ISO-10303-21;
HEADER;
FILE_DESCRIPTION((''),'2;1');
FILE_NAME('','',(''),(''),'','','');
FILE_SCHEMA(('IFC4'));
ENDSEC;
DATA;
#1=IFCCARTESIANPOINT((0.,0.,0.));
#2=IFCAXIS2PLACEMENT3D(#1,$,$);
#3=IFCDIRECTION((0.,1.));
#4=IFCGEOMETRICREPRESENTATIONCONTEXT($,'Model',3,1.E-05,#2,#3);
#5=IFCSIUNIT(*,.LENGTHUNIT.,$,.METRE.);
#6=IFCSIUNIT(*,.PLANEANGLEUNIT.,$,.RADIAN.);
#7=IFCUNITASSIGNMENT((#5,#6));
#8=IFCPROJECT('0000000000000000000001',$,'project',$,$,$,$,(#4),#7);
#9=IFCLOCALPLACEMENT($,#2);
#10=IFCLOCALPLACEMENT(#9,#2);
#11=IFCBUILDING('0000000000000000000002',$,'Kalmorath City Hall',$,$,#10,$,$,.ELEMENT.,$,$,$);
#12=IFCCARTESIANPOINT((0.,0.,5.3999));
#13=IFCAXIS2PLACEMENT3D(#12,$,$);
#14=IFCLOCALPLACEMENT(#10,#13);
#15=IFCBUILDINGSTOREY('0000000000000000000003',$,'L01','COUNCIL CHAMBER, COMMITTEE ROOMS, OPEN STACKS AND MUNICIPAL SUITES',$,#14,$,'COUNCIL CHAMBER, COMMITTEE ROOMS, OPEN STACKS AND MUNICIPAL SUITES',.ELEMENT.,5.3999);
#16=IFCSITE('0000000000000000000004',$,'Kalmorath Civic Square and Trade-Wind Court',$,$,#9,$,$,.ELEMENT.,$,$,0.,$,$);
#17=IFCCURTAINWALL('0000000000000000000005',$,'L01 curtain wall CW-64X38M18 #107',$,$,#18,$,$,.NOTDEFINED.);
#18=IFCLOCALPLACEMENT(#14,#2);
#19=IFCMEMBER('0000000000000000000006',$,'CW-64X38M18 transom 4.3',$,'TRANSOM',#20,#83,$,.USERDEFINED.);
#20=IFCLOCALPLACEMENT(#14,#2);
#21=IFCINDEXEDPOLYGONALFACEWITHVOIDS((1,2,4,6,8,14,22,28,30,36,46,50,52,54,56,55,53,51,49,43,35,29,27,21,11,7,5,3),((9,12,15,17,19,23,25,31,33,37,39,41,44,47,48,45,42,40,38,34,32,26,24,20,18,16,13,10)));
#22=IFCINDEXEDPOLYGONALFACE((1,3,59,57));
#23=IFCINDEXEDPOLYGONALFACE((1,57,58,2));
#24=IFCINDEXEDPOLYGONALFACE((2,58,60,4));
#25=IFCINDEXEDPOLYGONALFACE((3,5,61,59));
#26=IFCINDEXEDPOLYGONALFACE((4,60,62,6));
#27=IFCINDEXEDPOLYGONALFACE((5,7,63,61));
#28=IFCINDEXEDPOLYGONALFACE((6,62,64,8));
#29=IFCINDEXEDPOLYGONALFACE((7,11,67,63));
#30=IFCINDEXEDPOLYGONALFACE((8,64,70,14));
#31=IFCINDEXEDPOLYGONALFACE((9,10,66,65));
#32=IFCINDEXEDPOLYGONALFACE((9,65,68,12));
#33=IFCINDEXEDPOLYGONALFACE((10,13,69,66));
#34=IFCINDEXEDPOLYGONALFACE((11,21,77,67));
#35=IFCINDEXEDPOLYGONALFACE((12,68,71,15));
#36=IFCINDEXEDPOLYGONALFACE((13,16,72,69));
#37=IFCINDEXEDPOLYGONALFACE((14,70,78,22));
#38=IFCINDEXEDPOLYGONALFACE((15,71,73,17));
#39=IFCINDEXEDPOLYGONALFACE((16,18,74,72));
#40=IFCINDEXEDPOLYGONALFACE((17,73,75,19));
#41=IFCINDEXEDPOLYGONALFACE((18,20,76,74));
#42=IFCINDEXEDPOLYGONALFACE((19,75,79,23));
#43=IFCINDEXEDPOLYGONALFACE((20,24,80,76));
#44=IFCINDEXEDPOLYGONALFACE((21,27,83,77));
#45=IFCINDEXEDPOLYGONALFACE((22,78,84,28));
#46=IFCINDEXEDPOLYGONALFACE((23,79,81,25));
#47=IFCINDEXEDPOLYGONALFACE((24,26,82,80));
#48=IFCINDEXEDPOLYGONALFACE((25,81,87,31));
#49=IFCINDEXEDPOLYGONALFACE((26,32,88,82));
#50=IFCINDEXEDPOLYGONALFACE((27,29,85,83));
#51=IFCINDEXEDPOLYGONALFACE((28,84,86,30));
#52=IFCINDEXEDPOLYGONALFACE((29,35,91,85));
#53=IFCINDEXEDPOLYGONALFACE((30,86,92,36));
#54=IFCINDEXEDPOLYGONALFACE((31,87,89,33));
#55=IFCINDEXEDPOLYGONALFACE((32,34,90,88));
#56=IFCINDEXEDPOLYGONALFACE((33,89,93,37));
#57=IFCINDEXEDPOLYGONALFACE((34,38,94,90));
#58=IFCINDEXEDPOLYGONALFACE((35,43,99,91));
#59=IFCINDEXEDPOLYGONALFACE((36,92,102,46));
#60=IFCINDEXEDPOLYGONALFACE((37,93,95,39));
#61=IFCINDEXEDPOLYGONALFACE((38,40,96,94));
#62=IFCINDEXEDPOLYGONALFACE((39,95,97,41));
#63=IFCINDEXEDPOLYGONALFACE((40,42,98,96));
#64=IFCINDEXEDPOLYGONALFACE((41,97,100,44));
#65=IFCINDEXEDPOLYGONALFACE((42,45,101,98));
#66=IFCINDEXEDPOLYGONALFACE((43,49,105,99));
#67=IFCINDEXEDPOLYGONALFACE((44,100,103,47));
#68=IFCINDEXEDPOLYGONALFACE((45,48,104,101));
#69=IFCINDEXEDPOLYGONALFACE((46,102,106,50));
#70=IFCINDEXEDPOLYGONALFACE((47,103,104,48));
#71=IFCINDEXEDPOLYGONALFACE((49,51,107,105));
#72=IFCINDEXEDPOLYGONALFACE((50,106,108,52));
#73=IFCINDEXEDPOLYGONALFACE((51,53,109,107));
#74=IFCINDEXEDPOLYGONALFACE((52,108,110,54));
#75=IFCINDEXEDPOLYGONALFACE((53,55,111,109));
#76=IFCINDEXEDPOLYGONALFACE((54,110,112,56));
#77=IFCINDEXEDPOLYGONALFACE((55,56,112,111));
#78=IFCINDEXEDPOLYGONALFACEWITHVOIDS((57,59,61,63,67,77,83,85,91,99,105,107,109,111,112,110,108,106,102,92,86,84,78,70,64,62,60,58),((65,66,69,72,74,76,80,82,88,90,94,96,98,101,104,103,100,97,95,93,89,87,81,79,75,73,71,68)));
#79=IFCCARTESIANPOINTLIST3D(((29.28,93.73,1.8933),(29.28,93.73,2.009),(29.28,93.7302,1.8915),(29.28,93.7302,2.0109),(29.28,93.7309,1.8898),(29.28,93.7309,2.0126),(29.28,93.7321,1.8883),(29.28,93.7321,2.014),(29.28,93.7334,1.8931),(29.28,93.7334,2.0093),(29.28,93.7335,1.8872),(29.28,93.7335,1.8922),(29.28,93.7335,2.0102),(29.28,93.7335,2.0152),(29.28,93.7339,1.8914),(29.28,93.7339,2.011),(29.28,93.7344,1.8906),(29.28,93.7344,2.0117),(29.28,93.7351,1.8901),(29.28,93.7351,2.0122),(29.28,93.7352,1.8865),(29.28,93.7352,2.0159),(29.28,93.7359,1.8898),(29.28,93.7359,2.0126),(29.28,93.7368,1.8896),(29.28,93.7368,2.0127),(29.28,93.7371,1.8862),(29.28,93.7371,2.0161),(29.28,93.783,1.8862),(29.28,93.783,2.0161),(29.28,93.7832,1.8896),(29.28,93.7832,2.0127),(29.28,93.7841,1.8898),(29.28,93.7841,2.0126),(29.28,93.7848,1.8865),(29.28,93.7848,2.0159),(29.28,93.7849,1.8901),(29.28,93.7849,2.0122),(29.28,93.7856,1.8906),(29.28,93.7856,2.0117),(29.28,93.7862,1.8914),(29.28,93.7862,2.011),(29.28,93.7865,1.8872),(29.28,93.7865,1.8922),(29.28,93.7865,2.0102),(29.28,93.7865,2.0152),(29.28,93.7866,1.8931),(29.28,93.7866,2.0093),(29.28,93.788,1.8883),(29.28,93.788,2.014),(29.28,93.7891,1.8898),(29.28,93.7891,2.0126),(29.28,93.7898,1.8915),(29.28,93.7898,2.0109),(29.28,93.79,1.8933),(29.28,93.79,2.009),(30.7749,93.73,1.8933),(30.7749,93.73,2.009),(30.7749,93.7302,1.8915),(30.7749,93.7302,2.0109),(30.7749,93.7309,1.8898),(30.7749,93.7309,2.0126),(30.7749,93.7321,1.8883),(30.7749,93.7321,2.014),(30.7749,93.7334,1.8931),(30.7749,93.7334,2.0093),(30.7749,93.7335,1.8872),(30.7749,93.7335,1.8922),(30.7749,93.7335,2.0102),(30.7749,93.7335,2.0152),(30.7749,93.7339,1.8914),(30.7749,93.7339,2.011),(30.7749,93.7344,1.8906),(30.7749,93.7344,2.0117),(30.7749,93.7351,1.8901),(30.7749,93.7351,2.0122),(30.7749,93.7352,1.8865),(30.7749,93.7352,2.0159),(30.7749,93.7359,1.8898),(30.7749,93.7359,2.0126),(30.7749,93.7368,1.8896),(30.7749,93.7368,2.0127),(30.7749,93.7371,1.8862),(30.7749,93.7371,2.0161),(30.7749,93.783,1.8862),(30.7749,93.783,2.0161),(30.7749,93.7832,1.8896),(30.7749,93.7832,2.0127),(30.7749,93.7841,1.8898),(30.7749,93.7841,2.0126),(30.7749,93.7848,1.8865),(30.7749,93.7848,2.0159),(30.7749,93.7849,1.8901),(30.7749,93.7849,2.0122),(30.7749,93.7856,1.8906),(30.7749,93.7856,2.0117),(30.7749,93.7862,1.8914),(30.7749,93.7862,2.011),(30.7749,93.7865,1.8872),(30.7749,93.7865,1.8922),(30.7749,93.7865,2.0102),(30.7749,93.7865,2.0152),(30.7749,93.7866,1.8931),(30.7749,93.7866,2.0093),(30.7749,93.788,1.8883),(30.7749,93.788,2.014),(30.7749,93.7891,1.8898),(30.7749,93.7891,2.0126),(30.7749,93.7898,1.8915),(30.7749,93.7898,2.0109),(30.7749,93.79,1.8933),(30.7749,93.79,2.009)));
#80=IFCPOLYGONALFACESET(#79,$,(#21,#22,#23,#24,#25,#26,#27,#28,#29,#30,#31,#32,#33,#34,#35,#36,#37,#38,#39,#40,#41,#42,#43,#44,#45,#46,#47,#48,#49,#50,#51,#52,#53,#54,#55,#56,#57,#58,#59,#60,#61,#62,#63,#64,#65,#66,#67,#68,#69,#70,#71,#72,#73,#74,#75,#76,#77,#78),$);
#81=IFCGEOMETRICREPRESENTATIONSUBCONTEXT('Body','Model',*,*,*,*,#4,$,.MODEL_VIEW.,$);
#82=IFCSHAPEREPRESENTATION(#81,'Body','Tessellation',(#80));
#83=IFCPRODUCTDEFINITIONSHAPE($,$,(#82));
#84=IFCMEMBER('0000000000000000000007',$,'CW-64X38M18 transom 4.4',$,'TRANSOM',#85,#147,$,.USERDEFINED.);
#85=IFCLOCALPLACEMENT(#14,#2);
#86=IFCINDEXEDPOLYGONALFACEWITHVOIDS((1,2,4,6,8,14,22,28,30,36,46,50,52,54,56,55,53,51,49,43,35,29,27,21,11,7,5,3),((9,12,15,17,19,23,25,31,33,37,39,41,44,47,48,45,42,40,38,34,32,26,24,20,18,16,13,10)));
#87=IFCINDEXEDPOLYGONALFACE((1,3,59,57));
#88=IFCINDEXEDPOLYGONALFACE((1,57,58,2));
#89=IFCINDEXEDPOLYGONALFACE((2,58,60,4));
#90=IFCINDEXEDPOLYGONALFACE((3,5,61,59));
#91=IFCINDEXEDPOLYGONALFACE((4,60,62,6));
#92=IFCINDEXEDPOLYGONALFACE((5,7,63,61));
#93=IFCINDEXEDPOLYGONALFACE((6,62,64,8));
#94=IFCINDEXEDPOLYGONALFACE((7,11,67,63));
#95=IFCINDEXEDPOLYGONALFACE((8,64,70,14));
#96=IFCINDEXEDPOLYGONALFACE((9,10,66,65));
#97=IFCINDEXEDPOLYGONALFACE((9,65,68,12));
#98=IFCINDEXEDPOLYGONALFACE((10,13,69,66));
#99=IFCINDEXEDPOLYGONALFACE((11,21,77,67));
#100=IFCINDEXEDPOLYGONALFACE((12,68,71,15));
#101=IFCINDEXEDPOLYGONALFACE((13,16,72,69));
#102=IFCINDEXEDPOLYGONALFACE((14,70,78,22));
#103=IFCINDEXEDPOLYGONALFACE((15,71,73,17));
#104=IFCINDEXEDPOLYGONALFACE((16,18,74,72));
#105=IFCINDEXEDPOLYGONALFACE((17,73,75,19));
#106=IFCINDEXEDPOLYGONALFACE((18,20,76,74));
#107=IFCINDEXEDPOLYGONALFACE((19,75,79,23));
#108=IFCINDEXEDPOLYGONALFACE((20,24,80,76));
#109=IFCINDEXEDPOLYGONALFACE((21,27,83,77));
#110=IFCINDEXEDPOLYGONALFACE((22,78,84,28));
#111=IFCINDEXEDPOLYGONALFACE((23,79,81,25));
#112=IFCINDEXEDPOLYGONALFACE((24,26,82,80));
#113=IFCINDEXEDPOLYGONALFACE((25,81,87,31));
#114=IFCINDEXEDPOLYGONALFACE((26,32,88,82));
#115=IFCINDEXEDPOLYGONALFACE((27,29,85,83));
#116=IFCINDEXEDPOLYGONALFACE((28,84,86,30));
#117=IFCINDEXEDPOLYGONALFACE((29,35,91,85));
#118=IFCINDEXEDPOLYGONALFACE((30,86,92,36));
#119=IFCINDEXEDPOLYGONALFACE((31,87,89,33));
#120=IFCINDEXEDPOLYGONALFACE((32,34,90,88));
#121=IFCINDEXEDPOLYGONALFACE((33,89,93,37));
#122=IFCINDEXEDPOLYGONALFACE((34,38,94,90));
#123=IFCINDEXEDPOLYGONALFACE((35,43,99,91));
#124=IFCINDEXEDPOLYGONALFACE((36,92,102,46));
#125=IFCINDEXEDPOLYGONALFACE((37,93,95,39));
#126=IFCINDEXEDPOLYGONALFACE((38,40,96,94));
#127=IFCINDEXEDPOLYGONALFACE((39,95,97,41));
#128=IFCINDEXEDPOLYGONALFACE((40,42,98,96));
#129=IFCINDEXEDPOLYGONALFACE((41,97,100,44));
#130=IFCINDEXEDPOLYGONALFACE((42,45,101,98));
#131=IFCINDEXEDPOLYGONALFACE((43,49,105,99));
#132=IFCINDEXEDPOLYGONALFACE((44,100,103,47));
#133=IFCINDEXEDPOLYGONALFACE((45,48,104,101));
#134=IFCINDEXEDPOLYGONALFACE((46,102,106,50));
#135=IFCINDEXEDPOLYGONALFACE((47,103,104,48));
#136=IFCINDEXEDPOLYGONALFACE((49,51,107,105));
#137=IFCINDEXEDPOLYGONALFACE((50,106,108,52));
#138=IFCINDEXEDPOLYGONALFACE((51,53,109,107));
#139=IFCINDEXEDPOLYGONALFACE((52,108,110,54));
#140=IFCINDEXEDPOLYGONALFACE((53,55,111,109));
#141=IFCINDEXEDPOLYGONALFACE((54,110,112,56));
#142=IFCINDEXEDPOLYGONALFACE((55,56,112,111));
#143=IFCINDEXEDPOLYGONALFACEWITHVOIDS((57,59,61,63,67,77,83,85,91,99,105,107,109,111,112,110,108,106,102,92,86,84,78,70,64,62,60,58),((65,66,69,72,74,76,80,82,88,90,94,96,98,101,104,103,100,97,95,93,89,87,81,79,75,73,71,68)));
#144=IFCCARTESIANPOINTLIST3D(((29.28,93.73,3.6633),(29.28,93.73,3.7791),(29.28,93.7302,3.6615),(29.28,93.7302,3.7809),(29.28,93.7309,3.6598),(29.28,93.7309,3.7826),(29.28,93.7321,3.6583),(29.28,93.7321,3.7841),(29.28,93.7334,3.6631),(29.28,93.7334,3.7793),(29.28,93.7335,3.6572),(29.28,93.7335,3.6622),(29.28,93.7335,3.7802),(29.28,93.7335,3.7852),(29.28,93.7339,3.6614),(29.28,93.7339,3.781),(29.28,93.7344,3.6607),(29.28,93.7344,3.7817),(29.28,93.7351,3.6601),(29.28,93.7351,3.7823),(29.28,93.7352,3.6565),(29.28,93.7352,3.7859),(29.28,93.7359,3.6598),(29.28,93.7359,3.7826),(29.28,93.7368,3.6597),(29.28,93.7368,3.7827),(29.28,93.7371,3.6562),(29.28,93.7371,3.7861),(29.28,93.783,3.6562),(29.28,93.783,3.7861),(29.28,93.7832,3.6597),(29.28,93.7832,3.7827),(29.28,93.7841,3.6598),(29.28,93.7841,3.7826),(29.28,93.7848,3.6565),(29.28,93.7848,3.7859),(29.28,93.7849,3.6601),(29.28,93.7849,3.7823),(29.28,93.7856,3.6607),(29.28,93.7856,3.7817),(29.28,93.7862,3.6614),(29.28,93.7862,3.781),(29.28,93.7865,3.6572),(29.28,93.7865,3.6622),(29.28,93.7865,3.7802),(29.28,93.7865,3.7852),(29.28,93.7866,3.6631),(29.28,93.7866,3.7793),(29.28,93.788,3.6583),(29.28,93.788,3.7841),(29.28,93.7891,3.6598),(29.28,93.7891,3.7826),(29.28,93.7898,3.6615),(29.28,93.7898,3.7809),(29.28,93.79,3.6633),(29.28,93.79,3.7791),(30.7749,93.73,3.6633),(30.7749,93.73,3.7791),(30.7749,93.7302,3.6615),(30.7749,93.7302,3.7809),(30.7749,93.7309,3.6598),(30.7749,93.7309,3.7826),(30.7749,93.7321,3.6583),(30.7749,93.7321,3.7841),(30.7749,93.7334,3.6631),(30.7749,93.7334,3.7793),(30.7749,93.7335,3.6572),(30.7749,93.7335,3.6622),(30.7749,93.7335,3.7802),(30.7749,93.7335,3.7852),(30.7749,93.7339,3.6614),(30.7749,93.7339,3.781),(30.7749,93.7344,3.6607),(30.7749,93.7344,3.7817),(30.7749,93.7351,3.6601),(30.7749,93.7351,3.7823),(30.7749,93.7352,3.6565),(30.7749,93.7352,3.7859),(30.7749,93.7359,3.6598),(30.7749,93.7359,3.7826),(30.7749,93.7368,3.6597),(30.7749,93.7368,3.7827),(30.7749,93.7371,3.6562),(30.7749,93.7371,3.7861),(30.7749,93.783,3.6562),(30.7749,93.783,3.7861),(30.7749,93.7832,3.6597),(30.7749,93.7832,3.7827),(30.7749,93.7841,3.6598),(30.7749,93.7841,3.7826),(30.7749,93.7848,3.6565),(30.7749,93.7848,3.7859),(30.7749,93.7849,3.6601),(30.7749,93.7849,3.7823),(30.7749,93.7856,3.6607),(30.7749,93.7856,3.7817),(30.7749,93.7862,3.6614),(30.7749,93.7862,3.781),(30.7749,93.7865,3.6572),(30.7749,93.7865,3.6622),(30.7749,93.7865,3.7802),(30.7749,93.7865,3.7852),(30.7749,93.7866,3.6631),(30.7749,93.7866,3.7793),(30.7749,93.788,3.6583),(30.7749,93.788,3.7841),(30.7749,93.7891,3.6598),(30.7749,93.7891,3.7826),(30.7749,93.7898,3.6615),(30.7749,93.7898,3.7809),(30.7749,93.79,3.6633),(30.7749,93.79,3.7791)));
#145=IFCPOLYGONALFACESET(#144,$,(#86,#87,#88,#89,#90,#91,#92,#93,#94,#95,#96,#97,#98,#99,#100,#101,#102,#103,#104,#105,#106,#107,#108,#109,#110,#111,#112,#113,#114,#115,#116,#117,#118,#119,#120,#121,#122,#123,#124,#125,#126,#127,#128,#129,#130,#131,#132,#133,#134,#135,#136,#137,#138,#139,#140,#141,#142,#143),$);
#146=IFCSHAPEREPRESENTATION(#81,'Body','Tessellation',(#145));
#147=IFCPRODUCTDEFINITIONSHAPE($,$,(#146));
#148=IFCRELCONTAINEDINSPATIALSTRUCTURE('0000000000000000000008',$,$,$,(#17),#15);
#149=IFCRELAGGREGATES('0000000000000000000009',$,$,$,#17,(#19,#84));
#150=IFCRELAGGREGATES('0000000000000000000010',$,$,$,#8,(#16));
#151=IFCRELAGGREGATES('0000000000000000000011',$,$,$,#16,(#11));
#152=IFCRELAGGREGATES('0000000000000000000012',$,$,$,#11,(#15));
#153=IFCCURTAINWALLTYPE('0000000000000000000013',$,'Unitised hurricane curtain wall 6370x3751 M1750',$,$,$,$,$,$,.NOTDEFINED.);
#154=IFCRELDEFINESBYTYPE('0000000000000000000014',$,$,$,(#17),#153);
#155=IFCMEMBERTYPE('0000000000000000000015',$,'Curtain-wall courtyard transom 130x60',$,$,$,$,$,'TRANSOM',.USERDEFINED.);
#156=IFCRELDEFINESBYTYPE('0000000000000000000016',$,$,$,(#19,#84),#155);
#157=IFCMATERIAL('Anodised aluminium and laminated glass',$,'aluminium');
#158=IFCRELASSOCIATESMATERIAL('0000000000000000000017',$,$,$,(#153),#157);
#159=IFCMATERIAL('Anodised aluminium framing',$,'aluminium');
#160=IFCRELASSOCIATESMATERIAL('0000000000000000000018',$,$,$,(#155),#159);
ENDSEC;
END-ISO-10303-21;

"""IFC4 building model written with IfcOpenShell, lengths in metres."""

from ifc_helpers import new_model, si_unit, direction, frame, origin, origin_2d, place, context, subcontext, project, spatial, hollow_rectangle, extrude, material, material_profile, profile_set, type_object, element, aggregate, save


model = new_model("IFC4")

# Units and contexts
model_context = context("Model", 3, precision=1e-05, world=origin(), true_north=direction((0.0, 1.0)))
body_context = subcontext(model_context, "Body", "Model", "MODEL_VIEW")
ifc_project = project(units=[si_unit("LENGTHUNIT", "METRE"), si_unit("PLANEANGLEUNIT", "RADIAN")], contexts=[model_context])

# Site, building, storey
site_placement = place(None, origin())
site = spatial("IfcSite", under=ifc_project, at=site_placement, Name="Kalmorath Civic Square and Trade-Wind Court", CompositionType="ELEMENT", RefElevation=0.0)
building_placement = place(site_placement, origin())
building = spatial("IfcBuilding", under=site, at=building_placement, Name="Kalmorath City Hall", CompositionType="ELEMENT")
storey_placement = place(building_placement, frame((0.0, 0.0, 5.3999)))
storey = spatial("IfcBuildingStorey", under=building, at=storey_placement, Name="L01", Description="COUNCIL CHAMBER, COMMITTEE ROOMS, OPEN STACKS AND MUNICIPAL SUITES", LongName="COUNCIL CHAMBER, COMMITTEE ROOMS, OPEN STACKS AND MUNICIPAL SUITES", CompositionType="ELEMENT", Elevation=5.3999)

# Curtain wall
ifc_material_1 = material(Name="Anodised aluminium and laminated glass", Category="aluminium")
curtain_wall_type_1 = type_object("IfcCurtainWallType", Name="Unitised hurricane curtain wall 6370x3751 M1750", PredefinedType="NOTDEFINED", material=ifc_material_1)
curtain_wall_1_placement = place(storey_placement, origin())
curtain_wall_1 = element("IfcCurtainWall", 1, at=curtain_wall_1_placement, inside=storey, type_object=curtain_wall_type_1, Name="L01 curtain wall CW-64X38M18 #107", PredefinedType="NOTDEFINED")

# Members
ifc_material_2 = material(Name="Anodised aluminium framing", Category="aluminium")
ifc_material_profile_1 = material_profile(ifc_material_2, hollow_rectangle(XDim=0.0601, YDim=0.1299, WallThickness=0.0034, InnerFilletRadius=0.0034, OuterFilletRadius=0.0071, at=origin_2d()), Name="ALU-TRN-130X60X3.5")
ifc_profile_set_1 = profile_set([ifc_material_profile_1], Name="Anodised aluminium framing")
member_type_1 = type_object("IfcMemberType", Name="Curtain-wall courtyard transom 130x60", ElementType="TRANSOM", PredefinedType="USERDEFINED", material=ifc_profile_set_1)
member_1_placement = place(storey_placement, frame((30.7749, 93.76, 1.9512), z_axis=(-1.0, 0.0, 0.0), x_axis=(0.0, -1.0, 0.0)))
member_1 = element("IfcMember", 2, at=member_1_placement, type_object=member_type_1, Name="CW-64X38M18 transom 4.3", ObjectType="TRANSOM", PredefinedType="USERDEFINED", context=body_context, shape_type="SweptSolid", body=[
    extrude(hollow_rectangle(XDim=0.0601, YDim=0.1299, WallThickness=0.0034, InnerFilletRadius=0.0034, OuterFilletRadius=0.0071, at=origin_2d()), origin(), (0.0, 0.0, 1.0), 1.4949),
])
member_2_placement = place(storey_placement, frame((30.7749, 93.76, 3.7212), z_axis=(-1.0, 0.0, 0.0), x_axis=(0.0, -1.0, 0.0)))
member_2 = element("IfcMember", 3, at=member_2_placement, type_object=member_type_1, Name="CW-64X38M18 transom 4.4", ObjectType="TRANSOM", PredefinedType="USERDEFINED", context=body_context, shape_type="SweptSolid", body=[
    extrude(hollow_rectangle(XDim=0.0601, YDim=0.1299, WallThickness=0.0034, InnerFilletRadius=0.0034, OuterFilletRadius=0.0071, at=origin_2d()), origin(), (0.0, 0.0, 1.0), 1.4949),
])

aggregate(curtain_wall_1, [member_1, member_2])

save(model, "model.ifc")
